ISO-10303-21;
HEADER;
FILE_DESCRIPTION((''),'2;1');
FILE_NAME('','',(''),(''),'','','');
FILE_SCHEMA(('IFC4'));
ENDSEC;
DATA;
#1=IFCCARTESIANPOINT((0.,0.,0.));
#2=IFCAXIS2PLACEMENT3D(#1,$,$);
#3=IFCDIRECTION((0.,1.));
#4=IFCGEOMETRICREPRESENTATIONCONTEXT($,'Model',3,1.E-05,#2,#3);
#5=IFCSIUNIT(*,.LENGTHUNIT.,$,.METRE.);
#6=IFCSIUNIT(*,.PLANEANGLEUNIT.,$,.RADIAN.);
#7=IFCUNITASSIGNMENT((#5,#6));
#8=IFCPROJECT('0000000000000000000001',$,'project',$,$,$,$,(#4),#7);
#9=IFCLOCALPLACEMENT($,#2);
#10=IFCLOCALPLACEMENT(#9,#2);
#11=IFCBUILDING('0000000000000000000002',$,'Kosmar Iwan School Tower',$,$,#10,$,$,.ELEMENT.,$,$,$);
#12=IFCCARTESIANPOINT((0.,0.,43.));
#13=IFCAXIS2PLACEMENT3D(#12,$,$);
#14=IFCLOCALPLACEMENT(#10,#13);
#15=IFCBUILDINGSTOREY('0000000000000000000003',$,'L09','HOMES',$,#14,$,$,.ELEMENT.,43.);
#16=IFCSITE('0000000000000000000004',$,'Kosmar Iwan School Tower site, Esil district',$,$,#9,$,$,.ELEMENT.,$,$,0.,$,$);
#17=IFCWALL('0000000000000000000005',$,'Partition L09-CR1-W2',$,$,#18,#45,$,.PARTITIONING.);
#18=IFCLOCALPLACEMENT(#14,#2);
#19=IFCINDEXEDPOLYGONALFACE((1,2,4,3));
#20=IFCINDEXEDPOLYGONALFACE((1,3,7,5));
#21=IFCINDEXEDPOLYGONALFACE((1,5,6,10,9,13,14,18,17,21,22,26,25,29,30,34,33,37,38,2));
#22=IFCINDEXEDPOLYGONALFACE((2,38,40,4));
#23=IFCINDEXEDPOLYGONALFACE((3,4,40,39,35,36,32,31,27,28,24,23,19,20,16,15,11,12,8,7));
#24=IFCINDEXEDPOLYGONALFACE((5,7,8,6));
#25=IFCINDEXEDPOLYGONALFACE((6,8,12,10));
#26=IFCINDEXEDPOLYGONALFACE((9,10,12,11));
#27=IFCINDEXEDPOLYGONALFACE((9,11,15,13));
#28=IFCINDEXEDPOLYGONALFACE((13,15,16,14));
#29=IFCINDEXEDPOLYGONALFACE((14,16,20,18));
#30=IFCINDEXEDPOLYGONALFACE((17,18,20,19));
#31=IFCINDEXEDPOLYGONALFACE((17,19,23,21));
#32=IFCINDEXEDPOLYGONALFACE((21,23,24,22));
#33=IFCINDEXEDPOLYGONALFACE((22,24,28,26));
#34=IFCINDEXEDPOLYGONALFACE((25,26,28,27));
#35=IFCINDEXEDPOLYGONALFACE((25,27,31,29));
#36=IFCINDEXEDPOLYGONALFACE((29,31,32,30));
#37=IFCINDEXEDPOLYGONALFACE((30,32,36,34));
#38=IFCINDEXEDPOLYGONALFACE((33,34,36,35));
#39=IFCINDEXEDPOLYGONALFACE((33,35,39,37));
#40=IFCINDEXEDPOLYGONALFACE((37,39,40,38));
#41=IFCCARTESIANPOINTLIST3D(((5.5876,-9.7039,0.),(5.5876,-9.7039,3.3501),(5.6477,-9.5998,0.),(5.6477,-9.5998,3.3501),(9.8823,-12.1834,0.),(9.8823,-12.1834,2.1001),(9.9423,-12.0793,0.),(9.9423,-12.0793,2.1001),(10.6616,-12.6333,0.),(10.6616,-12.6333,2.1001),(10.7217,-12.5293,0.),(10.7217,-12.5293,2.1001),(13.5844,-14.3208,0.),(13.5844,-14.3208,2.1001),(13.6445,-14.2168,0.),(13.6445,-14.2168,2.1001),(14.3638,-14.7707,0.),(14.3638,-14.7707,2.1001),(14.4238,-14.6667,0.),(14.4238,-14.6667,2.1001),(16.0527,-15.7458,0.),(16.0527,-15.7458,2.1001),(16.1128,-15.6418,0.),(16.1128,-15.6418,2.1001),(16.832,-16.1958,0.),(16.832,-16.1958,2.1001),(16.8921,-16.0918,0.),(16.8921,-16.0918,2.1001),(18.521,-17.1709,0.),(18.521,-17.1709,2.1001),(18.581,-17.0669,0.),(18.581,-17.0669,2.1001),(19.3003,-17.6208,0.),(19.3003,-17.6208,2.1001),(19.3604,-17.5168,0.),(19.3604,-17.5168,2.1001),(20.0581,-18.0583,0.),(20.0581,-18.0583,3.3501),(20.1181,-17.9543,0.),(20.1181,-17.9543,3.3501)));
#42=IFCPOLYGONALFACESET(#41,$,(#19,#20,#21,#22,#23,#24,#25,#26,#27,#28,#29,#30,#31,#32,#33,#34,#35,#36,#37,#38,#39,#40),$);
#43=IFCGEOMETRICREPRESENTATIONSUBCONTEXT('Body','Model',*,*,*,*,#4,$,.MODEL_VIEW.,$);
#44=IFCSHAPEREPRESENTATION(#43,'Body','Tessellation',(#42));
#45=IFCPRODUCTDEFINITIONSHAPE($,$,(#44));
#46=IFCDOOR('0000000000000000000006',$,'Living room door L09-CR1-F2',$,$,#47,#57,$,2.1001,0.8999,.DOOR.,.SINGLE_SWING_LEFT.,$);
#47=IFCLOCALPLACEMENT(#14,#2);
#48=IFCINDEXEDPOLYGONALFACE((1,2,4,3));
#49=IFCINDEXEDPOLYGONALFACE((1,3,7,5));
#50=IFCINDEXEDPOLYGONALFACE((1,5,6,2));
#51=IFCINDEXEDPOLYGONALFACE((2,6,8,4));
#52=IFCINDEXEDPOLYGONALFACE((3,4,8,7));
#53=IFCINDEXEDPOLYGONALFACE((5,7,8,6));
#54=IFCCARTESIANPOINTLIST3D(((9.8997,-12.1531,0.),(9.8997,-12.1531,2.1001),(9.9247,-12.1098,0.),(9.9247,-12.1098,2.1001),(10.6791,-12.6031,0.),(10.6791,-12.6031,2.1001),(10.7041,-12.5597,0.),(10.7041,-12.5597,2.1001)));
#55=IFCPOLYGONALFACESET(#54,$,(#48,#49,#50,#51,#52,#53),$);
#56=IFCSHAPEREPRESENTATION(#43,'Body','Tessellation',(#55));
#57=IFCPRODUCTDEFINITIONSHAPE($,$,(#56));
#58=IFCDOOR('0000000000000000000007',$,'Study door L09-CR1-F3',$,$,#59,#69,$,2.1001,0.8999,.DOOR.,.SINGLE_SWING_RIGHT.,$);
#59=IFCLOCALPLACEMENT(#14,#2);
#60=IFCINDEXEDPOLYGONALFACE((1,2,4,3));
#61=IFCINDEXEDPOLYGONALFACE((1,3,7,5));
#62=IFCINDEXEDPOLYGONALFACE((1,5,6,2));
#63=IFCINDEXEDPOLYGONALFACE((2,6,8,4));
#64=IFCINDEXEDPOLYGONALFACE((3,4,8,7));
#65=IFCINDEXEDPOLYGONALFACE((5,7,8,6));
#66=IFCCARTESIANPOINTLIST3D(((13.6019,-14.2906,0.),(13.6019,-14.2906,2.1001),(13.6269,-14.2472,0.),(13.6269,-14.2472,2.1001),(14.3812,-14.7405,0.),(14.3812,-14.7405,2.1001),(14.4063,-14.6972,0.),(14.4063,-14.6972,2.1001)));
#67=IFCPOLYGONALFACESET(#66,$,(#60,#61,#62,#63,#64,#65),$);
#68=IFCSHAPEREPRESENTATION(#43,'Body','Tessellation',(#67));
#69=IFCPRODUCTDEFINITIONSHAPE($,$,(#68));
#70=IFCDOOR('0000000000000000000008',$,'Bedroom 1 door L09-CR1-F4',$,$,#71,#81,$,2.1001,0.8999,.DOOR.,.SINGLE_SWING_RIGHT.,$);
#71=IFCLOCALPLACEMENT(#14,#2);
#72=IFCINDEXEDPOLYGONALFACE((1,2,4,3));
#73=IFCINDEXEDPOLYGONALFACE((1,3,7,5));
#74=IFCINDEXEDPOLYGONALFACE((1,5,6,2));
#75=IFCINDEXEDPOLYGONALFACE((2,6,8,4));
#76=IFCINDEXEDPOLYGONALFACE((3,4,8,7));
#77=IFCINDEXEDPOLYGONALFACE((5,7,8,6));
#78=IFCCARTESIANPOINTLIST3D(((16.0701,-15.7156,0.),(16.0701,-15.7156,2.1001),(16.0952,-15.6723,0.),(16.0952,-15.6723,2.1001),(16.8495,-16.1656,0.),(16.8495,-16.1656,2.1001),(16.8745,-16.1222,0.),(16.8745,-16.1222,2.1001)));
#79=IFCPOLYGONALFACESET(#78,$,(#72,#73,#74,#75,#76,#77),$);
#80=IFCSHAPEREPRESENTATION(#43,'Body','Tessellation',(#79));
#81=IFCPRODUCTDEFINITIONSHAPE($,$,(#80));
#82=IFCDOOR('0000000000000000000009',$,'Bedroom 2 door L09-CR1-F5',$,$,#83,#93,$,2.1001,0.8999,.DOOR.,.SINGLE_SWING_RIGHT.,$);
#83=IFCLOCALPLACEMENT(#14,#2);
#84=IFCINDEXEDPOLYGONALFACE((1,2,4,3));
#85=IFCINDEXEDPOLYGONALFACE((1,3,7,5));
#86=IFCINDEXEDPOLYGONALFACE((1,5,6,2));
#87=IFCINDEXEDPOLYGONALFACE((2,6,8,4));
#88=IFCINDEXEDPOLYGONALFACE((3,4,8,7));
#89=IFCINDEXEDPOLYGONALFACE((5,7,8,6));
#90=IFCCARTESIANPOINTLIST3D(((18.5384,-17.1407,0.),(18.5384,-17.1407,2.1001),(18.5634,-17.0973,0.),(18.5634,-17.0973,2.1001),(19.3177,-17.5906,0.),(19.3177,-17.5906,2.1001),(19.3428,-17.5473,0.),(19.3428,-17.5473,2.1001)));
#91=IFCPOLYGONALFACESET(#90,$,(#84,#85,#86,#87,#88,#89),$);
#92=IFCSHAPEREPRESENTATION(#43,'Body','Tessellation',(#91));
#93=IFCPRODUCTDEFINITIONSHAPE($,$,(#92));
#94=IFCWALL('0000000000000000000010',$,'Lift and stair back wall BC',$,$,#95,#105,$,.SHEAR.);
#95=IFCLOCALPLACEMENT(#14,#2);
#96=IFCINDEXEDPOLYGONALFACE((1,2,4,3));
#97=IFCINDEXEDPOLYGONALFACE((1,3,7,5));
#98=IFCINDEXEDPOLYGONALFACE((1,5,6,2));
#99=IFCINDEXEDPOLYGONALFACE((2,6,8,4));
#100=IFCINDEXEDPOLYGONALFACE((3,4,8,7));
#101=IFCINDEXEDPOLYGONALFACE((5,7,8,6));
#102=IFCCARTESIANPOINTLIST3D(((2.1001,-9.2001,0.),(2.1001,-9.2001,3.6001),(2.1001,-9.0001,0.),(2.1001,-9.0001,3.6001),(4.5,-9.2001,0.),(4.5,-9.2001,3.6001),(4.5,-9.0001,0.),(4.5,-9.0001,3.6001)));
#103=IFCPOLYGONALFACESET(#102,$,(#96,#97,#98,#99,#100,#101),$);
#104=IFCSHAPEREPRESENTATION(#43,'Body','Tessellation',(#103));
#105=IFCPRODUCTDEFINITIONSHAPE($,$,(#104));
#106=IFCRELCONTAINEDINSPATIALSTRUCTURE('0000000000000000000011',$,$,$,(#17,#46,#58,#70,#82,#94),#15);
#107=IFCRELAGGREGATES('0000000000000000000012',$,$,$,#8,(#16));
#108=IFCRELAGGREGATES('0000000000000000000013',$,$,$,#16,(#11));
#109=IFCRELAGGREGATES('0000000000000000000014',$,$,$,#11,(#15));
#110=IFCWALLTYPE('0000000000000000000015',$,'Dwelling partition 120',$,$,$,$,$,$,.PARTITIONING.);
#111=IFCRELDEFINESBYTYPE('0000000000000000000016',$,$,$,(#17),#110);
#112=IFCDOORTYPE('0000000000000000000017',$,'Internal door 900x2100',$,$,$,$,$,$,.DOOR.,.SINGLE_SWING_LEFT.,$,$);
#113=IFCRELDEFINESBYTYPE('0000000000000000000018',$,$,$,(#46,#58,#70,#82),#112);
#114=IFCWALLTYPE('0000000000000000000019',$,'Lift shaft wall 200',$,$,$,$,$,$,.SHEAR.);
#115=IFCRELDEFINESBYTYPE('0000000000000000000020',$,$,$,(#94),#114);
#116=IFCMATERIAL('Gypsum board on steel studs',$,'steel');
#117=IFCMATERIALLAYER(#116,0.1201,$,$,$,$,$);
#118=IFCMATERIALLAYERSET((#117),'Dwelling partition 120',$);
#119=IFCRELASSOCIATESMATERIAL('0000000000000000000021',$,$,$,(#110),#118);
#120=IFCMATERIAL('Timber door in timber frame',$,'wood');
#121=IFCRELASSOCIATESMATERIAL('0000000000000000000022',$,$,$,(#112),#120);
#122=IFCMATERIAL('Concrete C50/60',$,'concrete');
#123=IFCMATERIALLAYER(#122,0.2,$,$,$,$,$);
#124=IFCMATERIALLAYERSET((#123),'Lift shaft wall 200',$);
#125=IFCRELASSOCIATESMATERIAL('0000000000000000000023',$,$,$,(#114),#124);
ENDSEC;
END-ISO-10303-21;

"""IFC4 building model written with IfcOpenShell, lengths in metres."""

from ifc_helpers import new_model, si_unit, direction, frame, frame_2d, origin, place, context, subcontext, project, spatial, rectangle, extrude, material, layer, layer_set, type_object, element, fill, save


model = new_model("IFC4")

# Units and contexts
model_context = context("Model", 3, precision=1e-05, world=origin(), true_north=direction((0.0, 1.0)))
body_context = subcontext(model_context, "Body", "Model", "MODEL_VIEW")
ifc_project = project(units=[si_unit("LENGTHUNIT", "METRE"), si_unit("PLANEANGLEUNIT", "RADIAN")], contexts=[model_context])

# Site, building, storey
site_placement = place(None, origin())
site = spatial("IfcSite", under=ifc_project, at=site_placement, Name="Kosmar Iwan School Tower site, Esil district", CompositionType="ELEMENT", RefElevation=0.0)
building_placement = place(site_placement, origin())
building = spatial("IfcBuilding", under=site, at=building_placement, Name="Kosmar Iwan School Tower", CompositionType="ELEMENT")
storey_placement = place(building_placement, frame((0.0, 0.0, 43.0)))
storey = spatial("IfcBuildingStorey", under=building, at=storey_placement, Name="L09", Description="HOMES", CompositionType="ELEMENT", Elevation=43.0)

# Wall, openings, doors
ifc_material_1 = material(Name="Gypsum board on steel studs", Category="steel")
ifc_layer_1 = layer(ifc_material_1, 0.1201)
ifc_layer_set_1 = layer_set([ifc_layer_1], Name="Dwelling partition 120")
wall_type_1 = type_object("IfcWallType", Name="Dwelling partition 120", PredefinedType="PARTITIONING", material=ifc_layer_set_1)
wall_1_placement = place(storey_placement, frame((5.6177, -9.6519, 0.0), z_axis=(0.0, 0.0, 1.0), x_axis=(0.866026, -0.499999, 0.0)))
wall_1 = element("IfcWall", 1, at=wall_1_placement, inside=storey, type_object=wall_type_1, Name="Partition L09-CR1-W2", PredefinedType="PARTITIONING", context=body_context, shape_type="SweptSolid", body=[
    extrude(rectangle(XDim=16.709, YDim=0.1201, at=frame_2d((8.3545, 0.0))), origin(), (0.0, 0.0, 1.0), 3.3501),
])
opening_1_placement = place(wall_1_placement, frame((4.959, 0.0, 0.0)))
opening_1 = element("IfcOpeningElement", 2, at=opening_1_placement, cuts=wall_1, PredefinedType="OPENING", context=body_context, shape_type="SweptSolid", body=[
    extrude(rectangle(XDim=0.8999, YDim=2.1001, at=frame_2d((0.45, 1.05))), frame((0.0, 0.072, 0.0), z_axis=(0.0, -1.0, 0.0), x_axis=(1.0, 0.0, 0.0)), (0.0, 0.0, 1.0), 0.144),
])
opening_2_placement = place(wall_1_placement, frame((9.2339, 0.0, 0.0)))
opening_2 = element("IfcOpeningElement", 3, at=opening_2_placement, cuts=wall_1, PredefinedType="OPENING", context=body_context, shape_type="SweptSolid", body=[
    extrude(rectangle(XDim=0.8999, YDim=2.1001, at=frame_2d((0.45, 1.05))), frame((0.0, 0.072, 0.0), z_axis=(0.0, -1.0, 0.0), x_axis=(1.0, 0.0, 0.0)), (0.0, 0.0, 1.0), 0.144),
])
opening_3_placement = place(wall_1_placement, frame((12.084, 0.0, 0.0)))
opening_3 = element("IfcOpeningElement", 4, at=opening_3_placement, cuts=wall_1, PredefinedType="OPENING", context=body_context, shape_type="SweptSolid", body=[
    extrude(rectangle(XDim=0.8999, YDim=2.1001, at=frame_2d((0.45, 1.05))), frame((0.0, 0.072, 0.0), z_axis=(0.0, -1.0, 0.0), x_axis=(1.0, 0.0, 0.0)), (0.0, 0.0, 1.0), 0.144),
])
opening_4_placement = place(wall_1_placement, frame((14.9341, 0.0, 0.0)))
opening_4 = element("IfcOpeningElement", 5, at=opening_4_placement, cuts=wall_1, PredefinedType="OPENING", context=body_context, shape_type="SweptSolid", body=[
    extrude(rectangle(XDim=0.8999, YDim=2.1001, at=frame_2d((0.45, 1.05))), frame((0.0, 0.072, 0.0), z_axis=(0.0, -1.0, 0.0), x_axis=(1.0, 0.0, 0.0)), (0.0, 0.0, 1.0), 0.144),
])
ifc_material_2 = material(Name="Timber door in timber frame", Category="wood")
door_type = type_object("IfcDoorType", Name="Internal door 900x2100", OperationType="SINGLE_SWING_LEFT", PredefinedType="DOOR", material=ifc_material_2)
door_1_placement = place(opening_1_placement, origin())
door_1 = element("IfcDoor", 6, at=door_1_placement, inside=storey, type_object=door_type, Name="Living room door L09-CR1-F2", OperationType="SINGLE_SWING_LEFT", OverallHeight=2.1001, OverallWidth=0.8999, PredefinedType="DOOR", context=body_context, shape_type="SweptSolid", body=[
    extrude(rectangle(XDim=0.8999, YDim=2.1001, at=frame_2d((0.45, 1.05))), frame((0.0, 0.0249, 0.0), z_axis=(0.0, -1.0, 0.0), x_axis=(1.0, 0.0, 0.0)), (0.0, 0.0, 1.0), 0.05),
])
fill(opening_1, door_1)
door_2_placement = place(opening_2_placement, origin())
door_2 = element("IfcDoor", 7, at=door_2_placement, inside=storey, type_object=door_type, Name="Study door L09-CR1-F3", OperationType="SINGLE_SWING_RIGHT", OverallHeight=2.1001, OverallWidth=0.8999, PredefinedType="DOOR", context=body_context, shape_type="SweptSolid", body=[
    extrude(rectangle(XDim=0.8999, YDim=2.1001, at=frame_2d((0.45, 1.05))), frame((0.0, 0.0249, 0.0), z_axis=(0.0, -1.0, 0.0), x_axis=(1.0, 0.0, 0.0)), (0.0, 0.0, 1.0), 0.05),
])
fill(opening_2, door_2)
door_3_placement = place(opening_3_placement, origin())
door_3 = element("IfcDoor", 8, at=door_3_placement, inside=storey, type_object=door_type, Name="Bedroom 1 door L09-CR1-F4", OperationType="SINGLE_SWING_RIGHT", OverallHeight=2.1001, OverallWidth=0.8999, PredefinedType="DOOR", context=body_context, shape_type="SweptSolid", body=[
    extrude(rectangle(XDim=0.8999, YDim=2.1001, at=frame_2d((0.45, 1.05))), frame((0.0, 0.0249, 0.0), z_axis=(0.0, -1.0, 0.0), x_axis=(1.0, 0.0, 0.0)), (0.0, 0.0, 1.0), 0.05),
])
fill(opening_3, door_3)
door_4_placement = place(opening_4_placement, origin())
door_4 = element("IfcDoor", 9, at=door_4_placement, inside=storey, type_object=door_type, Name="Bedroom 2 door L09-CR1-F5", OperationType="SINGLE_SWING_RIGHT", OverallHeight=2.1001, OverallWidth=0.8999, PredefinedType="DOOR", context=body_context, shape_type="SweptSolid", body=[
    extrude(rectangle(XDim=0.8999, YDim=2.1001, at=frame_2d((0.45, 1.05))), frame((0.0, 0.0249, 0.0), z_axis=(0.0, -1.0, 0.0), x_axis=(1.0, 0.0, 0.0)), (0.0, 0.0, 1.0), 0.05),
])
fill(opening_4, door_4)

# Wall
ifc_material_3 = material(Name="Concrete C50/60", Category="concrete")
ifc_layer_2 = layer(ifc_material_3, 0.2)
ifc_layer_set_2 = layer_set([ifc_layer_2], Name="Lift shaft wall 200")
wall_type_2 = type_object("IfcWallType", Name="Lift shaft wall 200", PredefinedType="SHEAR", material=ifc_layer_set_2)
wall_2_placement = place(storey_placement, frame((2.1001, -9.1001, 0.0), z_axis=(0.0, 0.0, 1.0), x_axis=(1.0, 0.0, 0.0)))
element("IfcWall", 10, at=wall_2_placement, inside=storey, type_object=wall_type_2, Name="Lift and stair back wall BC", PredefinedType="SHEAR", context=body_context, shape_type="SweptSolid", body=[
    extrude(rectangle(XDim=2.3999, YDim=0.2, at=frame_2d((1.2, 0.0))), origin(), (0.0, 0.0, 1.0), 3.6001),
])

save(model, "model.ifc")
